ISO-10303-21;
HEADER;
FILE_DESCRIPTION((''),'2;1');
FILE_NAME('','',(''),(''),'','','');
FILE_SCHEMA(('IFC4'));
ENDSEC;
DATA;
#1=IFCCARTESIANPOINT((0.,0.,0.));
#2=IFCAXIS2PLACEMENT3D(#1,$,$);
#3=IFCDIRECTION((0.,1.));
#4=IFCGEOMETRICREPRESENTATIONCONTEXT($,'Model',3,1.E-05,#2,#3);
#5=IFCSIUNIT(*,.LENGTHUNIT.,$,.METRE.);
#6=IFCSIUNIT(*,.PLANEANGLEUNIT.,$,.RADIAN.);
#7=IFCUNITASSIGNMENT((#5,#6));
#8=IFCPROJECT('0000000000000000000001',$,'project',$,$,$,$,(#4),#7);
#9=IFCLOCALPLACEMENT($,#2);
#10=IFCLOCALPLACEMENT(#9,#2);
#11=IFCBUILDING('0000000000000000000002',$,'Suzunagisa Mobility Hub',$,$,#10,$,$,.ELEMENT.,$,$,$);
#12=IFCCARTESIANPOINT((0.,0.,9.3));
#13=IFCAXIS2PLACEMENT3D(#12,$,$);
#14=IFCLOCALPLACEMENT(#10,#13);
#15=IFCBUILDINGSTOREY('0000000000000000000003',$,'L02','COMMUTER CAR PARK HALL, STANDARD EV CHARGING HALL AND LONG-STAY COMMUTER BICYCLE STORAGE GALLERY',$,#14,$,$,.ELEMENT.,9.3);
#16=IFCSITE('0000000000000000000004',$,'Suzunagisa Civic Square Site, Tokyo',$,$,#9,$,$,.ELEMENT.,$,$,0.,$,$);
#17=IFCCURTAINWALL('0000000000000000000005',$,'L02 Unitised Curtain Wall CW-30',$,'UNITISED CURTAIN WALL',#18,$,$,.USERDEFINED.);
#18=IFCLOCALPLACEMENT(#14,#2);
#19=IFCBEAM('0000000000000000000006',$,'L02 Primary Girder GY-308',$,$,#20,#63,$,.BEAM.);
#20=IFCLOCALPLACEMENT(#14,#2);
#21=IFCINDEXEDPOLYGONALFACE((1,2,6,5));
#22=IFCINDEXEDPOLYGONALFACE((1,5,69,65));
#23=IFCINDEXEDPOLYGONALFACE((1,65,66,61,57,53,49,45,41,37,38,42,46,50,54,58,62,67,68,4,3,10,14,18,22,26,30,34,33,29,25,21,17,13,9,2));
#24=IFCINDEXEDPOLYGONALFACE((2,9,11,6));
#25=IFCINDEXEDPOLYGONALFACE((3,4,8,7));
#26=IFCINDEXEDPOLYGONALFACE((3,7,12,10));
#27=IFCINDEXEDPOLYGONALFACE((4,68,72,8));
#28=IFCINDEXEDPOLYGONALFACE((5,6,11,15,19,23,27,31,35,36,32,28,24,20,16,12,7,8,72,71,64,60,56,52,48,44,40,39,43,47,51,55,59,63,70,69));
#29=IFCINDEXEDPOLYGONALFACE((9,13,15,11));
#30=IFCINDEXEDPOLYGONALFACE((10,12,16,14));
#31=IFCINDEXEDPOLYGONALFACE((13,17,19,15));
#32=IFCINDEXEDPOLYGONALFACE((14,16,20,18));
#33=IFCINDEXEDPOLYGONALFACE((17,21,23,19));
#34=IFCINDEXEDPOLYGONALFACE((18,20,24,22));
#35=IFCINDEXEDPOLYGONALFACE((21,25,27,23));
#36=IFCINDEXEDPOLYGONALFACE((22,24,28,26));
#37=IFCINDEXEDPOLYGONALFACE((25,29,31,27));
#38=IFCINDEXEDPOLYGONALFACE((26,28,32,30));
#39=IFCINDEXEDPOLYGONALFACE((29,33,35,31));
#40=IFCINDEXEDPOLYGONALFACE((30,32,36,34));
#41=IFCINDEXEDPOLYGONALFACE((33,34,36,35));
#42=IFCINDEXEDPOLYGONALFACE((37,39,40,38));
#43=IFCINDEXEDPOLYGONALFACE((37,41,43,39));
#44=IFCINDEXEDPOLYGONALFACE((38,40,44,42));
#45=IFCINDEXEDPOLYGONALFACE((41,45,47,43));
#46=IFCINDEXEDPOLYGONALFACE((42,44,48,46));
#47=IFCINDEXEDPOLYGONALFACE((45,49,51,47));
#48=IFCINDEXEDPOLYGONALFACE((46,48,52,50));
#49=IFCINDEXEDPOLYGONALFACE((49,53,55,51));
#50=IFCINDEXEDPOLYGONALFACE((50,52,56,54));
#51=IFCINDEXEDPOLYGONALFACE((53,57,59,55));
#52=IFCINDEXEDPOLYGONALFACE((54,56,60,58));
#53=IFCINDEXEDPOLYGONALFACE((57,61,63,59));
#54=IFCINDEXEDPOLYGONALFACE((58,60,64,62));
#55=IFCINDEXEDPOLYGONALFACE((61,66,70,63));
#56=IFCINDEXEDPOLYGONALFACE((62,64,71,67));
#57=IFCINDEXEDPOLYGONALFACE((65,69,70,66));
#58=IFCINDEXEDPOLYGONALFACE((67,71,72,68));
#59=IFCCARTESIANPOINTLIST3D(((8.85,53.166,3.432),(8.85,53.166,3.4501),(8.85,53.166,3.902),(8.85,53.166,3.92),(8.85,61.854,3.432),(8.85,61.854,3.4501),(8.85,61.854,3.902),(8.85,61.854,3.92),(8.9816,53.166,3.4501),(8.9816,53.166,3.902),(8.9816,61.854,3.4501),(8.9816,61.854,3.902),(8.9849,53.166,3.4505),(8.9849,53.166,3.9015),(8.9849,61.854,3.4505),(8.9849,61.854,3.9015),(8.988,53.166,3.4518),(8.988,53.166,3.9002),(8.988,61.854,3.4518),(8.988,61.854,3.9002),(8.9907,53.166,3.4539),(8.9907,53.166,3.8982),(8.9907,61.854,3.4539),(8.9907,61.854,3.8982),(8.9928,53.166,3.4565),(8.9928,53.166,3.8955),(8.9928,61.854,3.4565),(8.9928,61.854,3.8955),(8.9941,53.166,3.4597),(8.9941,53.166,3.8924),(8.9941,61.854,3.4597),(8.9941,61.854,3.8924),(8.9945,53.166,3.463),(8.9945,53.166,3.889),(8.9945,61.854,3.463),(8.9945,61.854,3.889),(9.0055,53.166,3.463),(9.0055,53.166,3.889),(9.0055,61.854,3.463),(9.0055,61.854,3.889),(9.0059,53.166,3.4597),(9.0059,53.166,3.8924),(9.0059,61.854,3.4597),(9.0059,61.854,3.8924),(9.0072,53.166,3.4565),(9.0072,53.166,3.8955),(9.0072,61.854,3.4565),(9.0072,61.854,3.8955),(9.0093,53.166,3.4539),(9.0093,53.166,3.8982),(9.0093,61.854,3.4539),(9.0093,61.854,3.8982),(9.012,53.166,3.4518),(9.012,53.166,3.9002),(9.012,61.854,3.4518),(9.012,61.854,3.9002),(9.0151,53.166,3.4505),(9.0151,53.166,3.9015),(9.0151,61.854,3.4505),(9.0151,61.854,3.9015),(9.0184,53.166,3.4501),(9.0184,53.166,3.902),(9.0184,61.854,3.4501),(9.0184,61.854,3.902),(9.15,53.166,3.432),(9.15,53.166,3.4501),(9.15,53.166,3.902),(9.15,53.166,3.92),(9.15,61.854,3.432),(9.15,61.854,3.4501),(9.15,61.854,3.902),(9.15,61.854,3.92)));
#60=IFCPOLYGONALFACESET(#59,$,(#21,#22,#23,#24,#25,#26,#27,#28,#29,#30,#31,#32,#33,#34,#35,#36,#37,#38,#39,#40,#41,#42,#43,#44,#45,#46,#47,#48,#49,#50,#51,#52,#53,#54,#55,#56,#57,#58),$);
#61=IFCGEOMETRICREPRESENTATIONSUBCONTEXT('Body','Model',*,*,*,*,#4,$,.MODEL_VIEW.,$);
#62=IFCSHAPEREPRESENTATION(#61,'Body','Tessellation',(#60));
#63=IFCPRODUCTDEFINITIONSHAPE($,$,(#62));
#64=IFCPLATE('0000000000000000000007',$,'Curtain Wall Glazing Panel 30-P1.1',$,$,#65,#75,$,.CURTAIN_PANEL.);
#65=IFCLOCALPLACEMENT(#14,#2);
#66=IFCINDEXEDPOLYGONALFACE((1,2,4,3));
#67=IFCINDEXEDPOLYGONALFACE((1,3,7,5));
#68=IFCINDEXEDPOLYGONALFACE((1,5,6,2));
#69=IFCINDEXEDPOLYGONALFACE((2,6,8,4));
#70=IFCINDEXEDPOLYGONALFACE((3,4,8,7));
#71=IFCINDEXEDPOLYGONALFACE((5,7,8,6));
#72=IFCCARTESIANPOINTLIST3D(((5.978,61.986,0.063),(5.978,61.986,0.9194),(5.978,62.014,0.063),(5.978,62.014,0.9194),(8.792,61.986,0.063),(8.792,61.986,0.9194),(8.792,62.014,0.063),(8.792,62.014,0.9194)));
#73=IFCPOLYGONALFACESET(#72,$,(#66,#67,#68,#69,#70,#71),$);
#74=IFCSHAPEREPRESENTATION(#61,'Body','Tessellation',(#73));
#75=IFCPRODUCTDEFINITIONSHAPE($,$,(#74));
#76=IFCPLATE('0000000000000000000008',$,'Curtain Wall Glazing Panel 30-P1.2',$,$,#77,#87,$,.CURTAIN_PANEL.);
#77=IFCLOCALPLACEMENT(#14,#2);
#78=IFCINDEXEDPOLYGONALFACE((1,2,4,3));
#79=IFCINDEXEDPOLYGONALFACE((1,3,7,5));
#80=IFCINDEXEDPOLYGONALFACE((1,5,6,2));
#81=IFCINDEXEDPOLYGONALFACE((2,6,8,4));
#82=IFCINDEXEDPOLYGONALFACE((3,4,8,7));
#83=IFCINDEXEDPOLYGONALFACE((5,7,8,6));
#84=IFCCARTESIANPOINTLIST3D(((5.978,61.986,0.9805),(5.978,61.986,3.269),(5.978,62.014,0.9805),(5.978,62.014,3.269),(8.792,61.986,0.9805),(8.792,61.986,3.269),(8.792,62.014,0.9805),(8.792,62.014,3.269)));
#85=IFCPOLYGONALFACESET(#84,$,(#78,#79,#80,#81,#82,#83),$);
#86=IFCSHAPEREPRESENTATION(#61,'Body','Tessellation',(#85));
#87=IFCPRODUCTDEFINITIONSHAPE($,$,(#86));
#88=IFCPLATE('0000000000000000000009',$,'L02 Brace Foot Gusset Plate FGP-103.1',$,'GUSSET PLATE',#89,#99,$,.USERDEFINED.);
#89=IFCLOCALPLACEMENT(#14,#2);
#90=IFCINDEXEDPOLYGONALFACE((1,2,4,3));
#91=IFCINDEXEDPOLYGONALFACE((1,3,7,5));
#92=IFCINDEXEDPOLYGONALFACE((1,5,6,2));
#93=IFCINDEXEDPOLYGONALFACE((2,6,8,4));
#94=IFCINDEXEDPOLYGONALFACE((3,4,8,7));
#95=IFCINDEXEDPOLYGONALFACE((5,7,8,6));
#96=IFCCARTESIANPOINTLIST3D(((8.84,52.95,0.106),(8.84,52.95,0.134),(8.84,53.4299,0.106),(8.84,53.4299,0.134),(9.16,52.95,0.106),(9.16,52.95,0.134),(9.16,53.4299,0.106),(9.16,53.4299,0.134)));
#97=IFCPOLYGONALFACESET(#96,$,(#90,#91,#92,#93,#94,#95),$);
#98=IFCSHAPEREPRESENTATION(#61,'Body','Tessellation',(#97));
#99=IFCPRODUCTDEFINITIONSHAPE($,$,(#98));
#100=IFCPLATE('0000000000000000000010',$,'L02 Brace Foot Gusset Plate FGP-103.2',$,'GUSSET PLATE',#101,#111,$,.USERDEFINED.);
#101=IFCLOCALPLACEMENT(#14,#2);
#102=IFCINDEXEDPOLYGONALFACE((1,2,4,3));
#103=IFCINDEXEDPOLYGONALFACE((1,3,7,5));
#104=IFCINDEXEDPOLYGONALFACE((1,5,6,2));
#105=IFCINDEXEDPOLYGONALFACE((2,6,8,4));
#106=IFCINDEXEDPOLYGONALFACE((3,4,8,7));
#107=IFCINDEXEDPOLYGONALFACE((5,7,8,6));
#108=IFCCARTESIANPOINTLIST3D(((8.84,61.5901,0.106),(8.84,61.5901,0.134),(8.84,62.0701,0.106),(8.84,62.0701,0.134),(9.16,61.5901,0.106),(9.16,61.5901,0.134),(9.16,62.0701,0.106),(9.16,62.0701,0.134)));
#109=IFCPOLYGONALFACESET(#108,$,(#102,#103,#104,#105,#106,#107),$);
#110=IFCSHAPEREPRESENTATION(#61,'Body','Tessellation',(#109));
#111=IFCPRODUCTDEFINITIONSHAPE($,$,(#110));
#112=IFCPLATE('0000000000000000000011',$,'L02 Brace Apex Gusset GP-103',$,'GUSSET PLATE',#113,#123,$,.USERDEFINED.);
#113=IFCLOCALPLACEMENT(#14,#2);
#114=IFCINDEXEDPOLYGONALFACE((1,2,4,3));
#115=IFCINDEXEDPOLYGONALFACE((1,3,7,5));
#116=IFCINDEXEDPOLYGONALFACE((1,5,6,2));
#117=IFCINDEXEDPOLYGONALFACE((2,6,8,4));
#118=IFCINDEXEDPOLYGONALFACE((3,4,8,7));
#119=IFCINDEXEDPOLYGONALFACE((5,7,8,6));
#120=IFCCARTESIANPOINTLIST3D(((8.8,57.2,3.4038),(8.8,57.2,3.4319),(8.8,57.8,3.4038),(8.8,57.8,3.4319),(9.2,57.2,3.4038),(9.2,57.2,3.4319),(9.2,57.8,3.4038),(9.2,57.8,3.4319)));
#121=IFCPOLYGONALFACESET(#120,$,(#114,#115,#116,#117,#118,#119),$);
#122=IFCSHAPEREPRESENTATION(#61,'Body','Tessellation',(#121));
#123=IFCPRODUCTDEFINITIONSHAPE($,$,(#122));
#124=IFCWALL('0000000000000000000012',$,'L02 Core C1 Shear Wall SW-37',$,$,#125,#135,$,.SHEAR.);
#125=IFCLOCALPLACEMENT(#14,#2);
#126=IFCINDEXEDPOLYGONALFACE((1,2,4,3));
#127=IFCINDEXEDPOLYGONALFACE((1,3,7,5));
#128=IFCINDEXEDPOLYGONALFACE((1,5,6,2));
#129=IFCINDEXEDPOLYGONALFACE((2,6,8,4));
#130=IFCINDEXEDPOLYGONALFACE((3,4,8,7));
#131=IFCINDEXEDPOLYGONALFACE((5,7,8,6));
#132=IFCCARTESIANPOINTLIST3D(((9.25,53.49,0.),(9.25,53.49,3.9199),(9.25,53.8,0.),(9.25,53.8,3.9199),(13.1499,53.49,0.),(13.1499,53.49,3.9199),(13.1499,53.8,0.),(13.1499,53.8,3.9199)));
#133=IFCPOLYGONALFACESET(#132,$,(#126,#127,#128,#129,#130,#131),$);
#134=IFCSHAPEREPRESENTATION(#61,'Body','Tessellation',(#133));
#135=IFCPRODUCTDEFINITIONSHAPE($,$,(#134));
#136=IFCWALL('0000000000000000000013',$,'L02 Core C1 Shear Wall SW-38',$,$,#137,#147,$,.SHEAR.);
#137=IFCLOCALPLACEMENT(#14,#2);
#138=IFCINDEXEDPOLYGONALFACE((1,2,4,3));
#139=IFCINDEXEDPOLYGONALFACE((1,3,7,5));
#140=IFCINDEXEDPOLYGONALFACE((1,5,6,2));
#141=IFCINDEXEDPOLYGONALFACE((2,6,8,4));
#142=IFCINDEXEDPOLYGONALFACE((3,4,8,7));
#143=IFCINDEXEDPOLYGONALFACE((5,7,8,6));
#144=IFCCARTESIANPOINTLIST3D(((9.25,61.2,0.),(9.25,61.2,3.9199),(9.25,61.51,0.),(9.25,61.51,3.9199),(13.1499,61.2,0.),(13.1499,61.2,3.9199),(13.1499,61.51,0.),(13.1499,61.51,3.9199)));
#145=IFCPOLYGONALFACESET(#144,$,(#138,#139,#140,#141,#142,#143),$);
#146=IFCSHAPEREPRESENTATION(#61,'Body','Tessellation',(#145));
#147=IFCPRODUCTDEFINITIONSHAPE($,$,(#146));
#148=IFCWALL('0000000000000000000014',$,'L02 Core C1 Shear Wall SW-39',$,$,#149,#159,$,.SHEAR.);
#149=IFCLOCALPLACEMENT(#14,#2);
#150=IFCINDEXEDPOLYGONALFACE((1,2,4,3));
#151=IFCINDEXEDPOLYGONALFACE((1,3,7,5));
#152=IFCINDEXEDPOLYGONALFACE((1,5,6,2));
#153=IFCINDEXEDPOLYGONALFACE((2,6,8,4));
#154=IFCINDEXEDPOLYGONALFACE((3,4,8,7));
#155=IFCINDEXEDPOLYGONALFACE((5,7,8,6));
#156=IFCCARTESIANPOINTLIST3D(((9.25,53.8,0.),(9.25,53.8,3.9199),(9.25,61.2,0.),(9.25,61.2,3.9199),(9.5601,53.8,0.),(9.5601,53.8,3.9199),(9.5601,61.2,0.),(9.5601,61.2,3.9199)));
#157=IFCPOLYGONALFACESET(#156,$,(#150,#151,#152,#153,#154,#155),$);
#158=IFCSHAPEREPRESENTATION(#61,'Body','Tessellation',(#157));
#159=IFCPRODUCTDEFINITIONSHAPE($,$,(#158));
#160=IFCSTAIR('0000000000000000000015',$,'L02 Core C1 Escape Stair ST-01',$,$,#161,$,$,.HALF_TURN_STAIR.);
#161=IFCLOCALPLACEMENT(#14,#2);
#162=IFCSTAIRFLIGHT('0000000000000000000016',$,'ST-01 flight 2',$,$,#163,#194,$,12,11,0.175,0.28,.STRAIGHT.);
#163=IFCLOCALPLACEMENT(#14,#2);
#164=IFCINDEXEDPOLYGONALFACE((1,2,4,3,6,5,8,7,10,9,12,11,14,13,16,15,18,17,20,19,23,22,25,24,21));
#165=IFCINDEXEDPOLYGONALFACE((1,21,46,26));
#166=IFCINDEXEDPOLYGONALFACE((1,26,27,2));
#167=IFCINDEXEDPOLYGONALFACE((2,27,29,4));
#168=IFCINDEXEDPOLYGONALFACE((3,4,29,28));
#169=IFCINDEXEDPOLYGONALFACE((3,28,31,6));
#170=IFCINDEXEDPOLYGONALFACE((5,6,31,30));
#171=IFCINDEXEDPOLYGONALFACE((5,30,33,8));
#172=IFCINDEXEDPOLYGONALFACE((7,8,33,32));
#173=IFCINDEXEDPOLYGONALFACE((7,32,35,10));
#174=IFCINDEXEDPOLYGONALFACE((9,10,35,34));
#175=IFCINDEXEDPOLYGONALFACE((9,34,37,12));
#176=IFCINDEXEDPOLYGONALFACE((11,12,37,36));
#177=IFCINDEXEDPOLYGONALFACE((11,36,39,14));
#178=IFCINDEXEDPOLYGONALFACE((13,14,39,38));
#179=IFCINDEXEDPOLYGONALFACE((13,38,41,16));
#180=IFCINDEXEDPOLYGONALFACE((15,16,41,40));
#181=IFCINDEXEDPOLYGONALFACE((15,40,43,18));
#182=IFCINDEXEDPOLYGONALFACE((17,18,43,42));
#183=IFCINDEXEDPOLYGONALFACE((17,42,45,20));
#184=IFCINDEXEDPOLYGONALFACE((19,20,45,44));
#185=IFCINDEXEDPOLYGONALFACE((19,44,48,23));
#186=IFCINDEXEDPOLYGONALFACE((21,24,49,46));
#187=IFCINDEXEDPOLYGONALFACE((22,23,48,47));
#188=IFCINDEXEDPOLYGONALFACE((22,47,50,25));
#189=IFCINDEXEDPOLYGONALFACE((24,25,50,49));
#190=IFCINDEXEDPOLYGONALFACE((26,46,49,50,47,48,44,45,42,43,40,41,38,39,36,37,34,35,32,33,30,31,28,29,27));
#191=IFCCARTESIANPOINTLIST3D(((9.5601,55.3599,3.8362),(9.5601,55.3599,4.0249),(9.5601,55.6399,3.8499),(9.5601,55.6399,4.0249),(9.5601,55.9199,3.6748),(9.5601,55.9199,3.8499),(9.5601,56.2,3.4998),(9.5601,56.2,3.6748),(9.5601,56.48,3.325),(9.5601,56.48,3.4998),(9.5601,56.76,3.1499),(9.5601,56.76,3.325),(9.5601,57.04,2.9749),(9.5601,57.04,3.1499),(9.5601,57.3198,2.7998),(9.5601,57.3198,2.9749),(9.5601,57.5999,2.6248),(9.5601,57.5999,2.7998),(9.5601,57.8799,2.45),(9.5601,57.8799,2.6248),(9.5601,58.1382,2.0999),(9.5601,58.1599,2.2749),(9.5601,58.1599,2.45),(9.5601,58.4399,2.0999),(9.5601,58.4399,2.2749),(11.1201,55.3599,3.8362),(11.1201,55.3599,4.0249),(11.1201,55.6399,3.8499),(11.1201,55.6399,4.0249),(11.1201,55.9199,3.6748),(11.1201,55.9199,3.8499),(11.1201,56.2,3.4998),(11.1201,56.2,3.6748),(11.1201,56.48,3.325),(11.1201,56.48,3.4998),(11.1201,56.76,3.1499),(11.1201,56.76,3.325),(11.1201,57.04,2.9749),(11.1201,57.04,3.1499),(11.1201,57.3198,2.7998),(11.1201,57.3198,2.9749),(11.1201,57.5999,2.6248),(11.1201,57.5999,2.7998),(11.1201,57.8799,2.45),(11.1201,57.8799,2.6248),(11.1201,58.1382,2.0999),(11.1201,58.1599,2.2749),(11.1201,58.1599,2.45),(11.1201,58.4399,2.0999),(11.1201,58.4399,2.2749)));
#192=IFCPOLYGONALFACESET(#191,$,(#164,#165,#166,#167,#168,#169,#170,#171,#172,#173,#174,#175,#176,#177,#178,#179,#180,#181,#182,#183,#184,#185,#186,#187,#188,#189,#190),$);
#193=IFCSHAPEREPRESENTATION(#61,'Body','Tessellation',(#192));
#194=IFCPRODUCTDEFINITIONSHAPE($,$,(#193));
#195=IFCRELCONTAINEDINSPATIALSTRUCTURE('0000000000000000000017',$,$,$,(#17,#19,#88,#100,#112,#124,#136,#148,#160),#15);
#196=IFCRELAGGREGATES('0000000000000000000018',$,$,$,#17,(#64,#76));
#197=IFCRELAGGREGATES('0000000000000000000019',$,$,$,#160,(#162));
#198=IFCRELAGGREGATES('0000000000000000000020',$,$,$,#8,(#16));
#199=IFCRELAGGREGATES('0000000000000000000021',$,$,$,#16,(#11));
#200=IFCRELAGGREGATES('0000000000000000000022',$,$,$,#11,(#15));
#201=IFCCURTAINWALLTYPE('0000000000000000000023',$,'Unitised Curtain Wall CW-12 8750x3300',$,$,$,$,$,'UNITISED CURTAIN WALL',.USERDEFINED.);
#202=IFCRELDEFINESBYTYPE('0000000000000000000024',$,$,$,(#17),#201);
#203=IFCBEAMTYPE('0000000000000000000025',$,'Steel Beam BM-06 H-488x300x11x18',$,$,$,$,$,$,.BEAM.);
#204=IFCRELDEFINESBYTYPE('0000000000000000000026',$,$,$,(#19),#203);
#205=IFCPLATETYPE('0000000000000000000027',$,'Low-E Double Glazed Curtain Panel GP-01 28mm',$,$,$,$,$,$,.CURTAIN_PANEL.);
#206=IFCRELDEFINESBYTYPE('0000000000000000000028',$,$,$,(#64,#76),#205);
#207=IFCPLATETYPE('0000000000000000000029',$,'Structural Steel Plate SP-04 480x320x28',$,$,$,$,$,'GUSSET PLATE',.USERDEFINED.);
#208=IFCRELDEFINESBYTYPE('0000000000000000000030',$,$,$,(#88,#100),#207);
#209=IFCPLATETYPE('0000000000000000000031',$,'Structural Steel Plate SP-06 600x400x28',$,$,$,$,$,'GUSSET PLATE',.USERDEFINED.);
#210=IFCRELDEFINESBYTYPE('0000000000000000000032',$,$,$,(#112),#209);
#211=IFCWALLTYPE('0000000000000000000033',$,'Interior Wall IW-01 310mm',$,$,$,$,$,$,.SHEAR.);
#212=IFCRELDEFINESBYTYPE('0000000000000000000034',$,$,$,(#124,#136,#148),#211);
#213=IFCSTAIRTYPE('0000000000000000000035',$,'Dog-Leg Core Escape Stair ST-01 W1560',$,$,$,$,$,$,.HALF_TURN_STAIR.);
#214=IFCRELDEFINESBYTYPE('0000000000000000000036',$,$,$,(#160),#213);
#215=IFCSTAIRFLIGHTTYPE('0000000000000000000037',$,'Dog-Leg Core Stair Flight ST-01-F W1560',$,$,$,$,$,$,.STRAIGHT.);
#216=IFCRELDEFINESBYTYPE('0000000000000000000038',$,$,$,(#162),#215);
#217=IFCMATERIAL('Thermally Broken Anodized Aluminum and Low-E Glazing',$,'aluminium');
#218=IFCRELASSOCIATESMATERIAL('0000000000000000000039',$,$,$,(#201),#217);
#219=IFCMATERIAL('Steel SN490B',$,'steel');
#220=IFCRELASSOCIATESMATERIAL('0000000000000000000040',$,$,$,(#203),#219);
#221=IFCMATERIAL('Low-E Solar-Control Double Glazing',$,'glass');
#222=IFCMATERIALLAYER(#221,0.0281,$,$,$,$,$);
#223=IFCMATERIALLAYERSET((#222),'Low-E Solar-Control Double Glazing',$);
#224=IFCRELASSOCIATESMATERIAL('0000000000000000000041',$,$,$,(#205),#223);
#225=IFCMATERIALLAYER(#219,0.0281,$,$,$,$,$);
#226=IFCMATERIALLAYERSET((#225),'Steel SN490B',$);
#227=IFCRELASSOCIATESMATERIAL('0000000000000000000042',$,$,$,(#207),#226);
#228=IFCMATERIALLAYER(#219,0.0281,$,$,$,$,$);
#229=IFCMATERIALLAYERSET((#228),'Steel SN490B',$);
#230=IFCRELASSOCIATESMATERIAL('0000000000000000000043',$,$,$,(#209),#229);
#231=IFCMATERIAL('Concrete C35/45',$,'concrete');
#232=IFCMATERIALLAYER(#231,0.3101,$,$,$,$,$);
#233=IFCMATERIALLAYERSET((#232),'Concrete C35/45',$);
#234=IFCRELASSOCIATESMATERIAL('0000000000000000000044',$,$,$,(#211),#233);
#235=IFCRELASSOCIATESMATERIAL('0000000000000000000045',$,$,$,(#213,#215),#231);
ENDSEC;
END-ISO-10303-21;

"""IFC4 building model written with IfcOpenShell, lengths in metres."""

from ifc_helpers import new_model, si_unit, direction, frame, frame_2d, origin, origin_2d, place, context, subcontext, project, spatial, polyline, rectangle, i_section, outline, extrude, material, layer, layer_set, material_profile, profile_set, type_object, element, aggregate, save


model = new_model("IFC4")

# Units and contexts
model_context = context("Model", 3, precision=1e-05, world=origin(), true_north=direction((0.0, 1.0)))
body_context = subcontext(model_context, "Body", "Model", "MODEL_VIEW")
ifc_project = project(units=[si_unit("LENGTHUNIT", "METRE"), si_unit("PLANEANGLEUNIT", "RADIAN")], contexts=[model_context])

# Site, building, storey
site_placement = place(None, origin())
site = spatial("IfcSite", under=ifc_project, at=site_placement, Name="Suzunagisa Civic Square Site, Tokyo", CompositionType="ELEMENT", RefElevation=0.0)
building_placement = place(site_placement, origin())
building = spatial("IfcBuilding", under=site, at=building_placement, Name="Suzunagisa Mobility Hub", CompositionType="ELEMENT")
storey_placement = place(building_placement, frame((0.0, 0.0, 9.3)))
storey = spatial("IfcBuildingStorey", under=building, at=storey_placement, Name="L02", Description="COMMUTER CAR PARK HALL, STANDARD EV CHARGING HALL AND LONG-STAY COMMUTER BICYCLE STORAGE GALLERY", CompositionType="ELEMENT", Elevation=9.3)

# Curtain wall
ifc_material_1 = material(Name="Thermally Broken Anodized Aluminum and Low-E Glazing", Category="aluminium")
curtain_wall_type = type_object("IfcCurtainWallType", Name="Unitised Curtain Wall CW-12 8750x3300", ElementType="UNITISED CURTAIN WALL", PredefinedType="USERDEFINED", material=ifc_material_1)
curtain_wall_placement = place(storey_placement, origin())
curtain_wall = element("IfcCurtainWall", 1, at=curtain_wall_placement, inside=storey, type_object=curtain_wall_type, Name="L02 Unitised Curtain Wall CW-30", ObjectType="UNITISED CURTAIN WALL", PredefinedType="USERDEFINED")

# Shared definitions
ifc_material_2 = material(Name="Steel SN490B", Category="steel")

# Beam
ifc_material_profile_1 = material_profile(ifc_material_2, i_section(OverallWidth=0.3, OverallDepth=0.488, WebThickness=0.011, FlangeThickness=0.0181, FilletRadius=0.0129, at=origin_2d()), Name="H-488x300x11x18")
ifc_profile_set_1 = profile_set([ifc_material_profile_1], Name="Steel SN490B")
beam_type = type_object("IfcBeamType", Name="Steel Beam BM-06 H-488x300x11x18", PredefinedType="BEAM", material=ifc_profile_set_1)
beam_placement = place(storey_placement, frame((9.0, 53.166, 3.676), z_axis=(0.0, 1.0, 0.0), x_axis=(-1.0, 0.0, 0.0)))
element("IfcBeam", 2, at=beam_placement, inside=storey, type_object=beam_type, Name="L02 Primary Girder GY-308", PredefinedType="BEAM", context=body_context, shape_type="SweptSolid", body=[
    extrude(i_section(OverallWidth=0.3, OverallDepth=0.488, WebThickness=0.011, FlangeThickness=0.0181, FilletRadius=0.0129, at=origin_2d()), origin(), (0.0, 0.0, 1.0), 8.688),
])

# Plates
ifc_material_3 = material(Name="Low-E Solar-Control Double Glazing", Category="glass")
ifc_layer_1 = layer(ifc_material_3, 0.0281)
ifc_layer_set_1 = layer_set([ifc_layer_1], Name="Low-E Solar-Control Double Glazing")
plate_type_1 = type_object("IfcPlateType", Name="Low-E Double Glazed Curtain Panel GP-01 28mm", PredefinedType="CURTAIN_PANEL", material=ifc_layer_set_1)
plate_1_placement = place(storey_placement, frame((7.385, 62.0, 0.063), z_axis=(0.0, 0.0, 1.0), x_axis=(-1.0, 0.0, 0.0)))
plate_1 = element("IfcPlate", 3, at=plate_1_placement, type_object=plate_type_1, Name="Curtain Wall Glazing Panel 30-P1.1", PredefinedType="CURTAIN_PANEL", context=body_context, shape_type="SweptSolid", body=[
    extrude(rectangle(XDim=2.814, YDim=0.0281, at=origin_2d()), origin(), (0.0, 0.0, 1.0), 0.8564),
])
plate_2_placement = place(storey_placement, frame((7.385, 62.0, 0.9805), z_axis=(0.0, 0.0, 1.0), x_axis=(-1.0, 0.0, 0.0)))
plate_2 = element("IfcPlate", 4, at=plate_2_placement, type_object=plate_type_1, Name="Curtain Wall Glazing Panel 30-P1.2", PredefinedType="CURTAIN_PANEL", context=body_context, shape_type="SweptSolid", body=[
    extrude(rectangle(XDim=2.814, YDim=0.0281, at=origin_2d()), origin(), (0.0, 0.0, 1.0), 2.2886),
])
aggregate(curtain_wall, [plate_1, plate_2])

# Plates
ifc_layer_2 = layer(ifc_material_2, 0.0281)
ifc_layer_set_2 = layer_set([ifc_layer_2], Name="Steel SN490B")
plate_type_2 = type_object("IfcPlateType", Name="Structural Steel Plate SP-04 480x320x28", ElementType="GUSSET PLATE", PredefinedType="USERDEFINED", material=ifc_layer_set_2)
for number, where, z_axis, x_axis, name in (
    (5, (9.0, 53.1899, 0.106), (0.0, 0.0, 1.0), (1.0, 0.0, 0.0), "L02 Brace Foot Gusset Plate FGP-103.1"),
    (6, (9.0, 61.8301, 0.106), (0.0, 0.0, 1.0), (1.0, 0.0, 0.0), "L02 Brace Foot Gusset Plate FGP-103.2"),
):
    element("IfcPlate", number, at=place(storey_placement, frame(where, z_axis=z_axis, x_axis=x_axis)), inside=storey, type_object=plate_type_2, Name=name, ObjectType="GUSSET PLATE", PredefinedType="USERDEFINED", context=body_context, shape_type="SweptSolid", body=[
        extrude(rectangle(XDim=0.3201, YDim=0.48, at=origin_2d()), origin(), (0.0, 0.0, 1.0), 0.0281),
    ])
ifc_layer_3 = layer(ifc_material_2, 0.0281)
ifc_layer_set_3 = layer_set([ifc_layer_3], Name="Steel SN490B")
plate_type_3 = type_object("IfcPlateType", Name="Structural Steel Plate SP-06 600x400x28", ElementType="GUSSET PLATE", PredefinedType="USERDEFINED", material=ifc_layer_set_3)
plate_3_placement = place(storey_placement, frame((9.0, 57.5, 3.4038), z_axis=(0.0, 0.0, 1.0), x_axis=(1.0, 0.0, 0.0)))
element("IfcPlate", 7, at=plate_3_placement, inside=storey, type_object=plate_type_3, Name="L02 Brace Apex Gusset GP-103", ObjectType="GUSSET PLATE", PredefinedType="USERDEFINED", context=body_context, shape_type="SweptSolid", body=[
    extrude(rectangle(XDim=0.3999, YDim=0.6001, at=origin_2d()), origin(), (0.0, 0.0, 1.0), 0.0281),
])

# Walls
ifc_material_4 = material(Name="Concrete C35/45", Category="concrete")
ifc_layer_4 = layer(ifc_material_4, 0.3101)
ifc_layer_set_4 = layer_set([ifc_layer_4], Name="Concrete C35/45")
wall_type = type_object("IfcWallType", Name="Interior Wall IW-01 310mm", PredefinedType="SHEAR", material=ifc_layer_set_4)
for number, where, z_axis, x_axis, name in (
    (8, (9.25, 53.645, 0.0), (0.0, 0.0, 1.0), (1.0, 0.0, 0.0), "L02 Core C1 Shear Wall SW-37"),
    (9, (9.25, 61.355, 0.0), (0.0, 0.0, 1.0), (1.0, 0.0, 0.0), "L02 Core C1 Shear Wall SW-38"),
):
    element("IfcWall", number, at=place(storey_placement, frame(where, z_axis=z_axis, x_axis=x_axis)), inside=storey, type_object=wall_type, Name=name, PredefinedType="SHEAR", context=body_context, shape_type="SweptSolid", body=[
        extrude(rectangle(XDim=3.8999, YDim=0.3101, at=frame_2d((1.95, 0.0))), origin(), (0.0, 0.0, 1.0), 3.9199),
    ])
wall_placement = place(storey_placement, frame((9.405, 53.8, 0.0), z_axis=(0.0, 0.0, 1.0), x_axis=(0.0, 1.0, 0.0)))
element("IfcWall", 10, at=wall_placement, inside=storey, type_object=wall_type, Name="L02 Core C1 Shear Wall SW-39", PredefinedType="SHEAR", context=body_context, shape_type="SweptSolid", body=[
    extrude(rectangle(XDim=7.3999, YDim=0.3101, at=frame_2d((3.7, 0.0))), origin(), (0.0, 0.0, 1.0), 3.9199),
])

# Stair, stair flight
stair_type = type_object("IfcStairType", Name="Dog-Leg Core Escape Stair ST-01 W1560", PredefinedType="HALF_TURN_STAIR", material=ifc_material_4)
stair_placement = place(storey_placement, origin())
stair = element("IfcStair", 11, at=stair_placement, inside=storey, type_object=stair_type, Name="L02 Core C1 Escape Stair ST-01", PredefinedType="HALF_TURN_STAIR")
stair_flight_type = type_object("IfcStairFlightType", Name="Dog-Leg Core Stair Flight ST-01-F W1560", PredefinedType="STRAIGHT", material=ifc_material_4)
stair_flight_placement = place(storey_placement, frame((10.3401, 58.4399, 2.0999), z_axis=(0.0, 0.0, 1.0), x_axis=(0.0, -1.0, 0.0)))
stair_flight = element("IfcStairFlight", 12, at=stair_flight_placement, type_object=stair_flight_type, Name="ST-01 flight 2", NumberOfRisers=12, NumberOfTreads=11, PredefinedType="STRAIGHT", RiserHeight=0.175, TreadLength=0.28, context=body_context, shape_type="SweptSolid", body=[
    extrude(outline(polyline([(0.0, 0.0), (0.0, 0.175), (0.28, 0.175), (0.28, 0.3501), (0.5601, 0.3501), (0.5601, 0.5249), (0.8401, 0.5249), (0.8401, 0.7), (1.1201, 0.7), (1.1201, 0.875), (1.3999, 0.875), (1.3999, 1.05), (1.6799, 1.05), (1.6799, 1.2251), (1.96, 1.2251), (1.96, 1.3999), (2.24, 1.3999), (2.24, 1.575), (2.52, 1.575), (2.52, 1.75), (2.8, 1.75), (2.8, 1.925), (3.0801, 1.925), (3.0801, 2.1001), (3.0801, 1.7363), (0.3018, 0.0), (0.0, 0.0)])), frame((0.0, 0.78, 0.0), z_axis=(0.0, -1.0, 0.0), x_axis=(1.0, 0.0, 0.0)), (0.0, 0.0, 1.0), 1.5601),
])
aggregate(stair, [stair_flight])

save(model, "model.ifc")
